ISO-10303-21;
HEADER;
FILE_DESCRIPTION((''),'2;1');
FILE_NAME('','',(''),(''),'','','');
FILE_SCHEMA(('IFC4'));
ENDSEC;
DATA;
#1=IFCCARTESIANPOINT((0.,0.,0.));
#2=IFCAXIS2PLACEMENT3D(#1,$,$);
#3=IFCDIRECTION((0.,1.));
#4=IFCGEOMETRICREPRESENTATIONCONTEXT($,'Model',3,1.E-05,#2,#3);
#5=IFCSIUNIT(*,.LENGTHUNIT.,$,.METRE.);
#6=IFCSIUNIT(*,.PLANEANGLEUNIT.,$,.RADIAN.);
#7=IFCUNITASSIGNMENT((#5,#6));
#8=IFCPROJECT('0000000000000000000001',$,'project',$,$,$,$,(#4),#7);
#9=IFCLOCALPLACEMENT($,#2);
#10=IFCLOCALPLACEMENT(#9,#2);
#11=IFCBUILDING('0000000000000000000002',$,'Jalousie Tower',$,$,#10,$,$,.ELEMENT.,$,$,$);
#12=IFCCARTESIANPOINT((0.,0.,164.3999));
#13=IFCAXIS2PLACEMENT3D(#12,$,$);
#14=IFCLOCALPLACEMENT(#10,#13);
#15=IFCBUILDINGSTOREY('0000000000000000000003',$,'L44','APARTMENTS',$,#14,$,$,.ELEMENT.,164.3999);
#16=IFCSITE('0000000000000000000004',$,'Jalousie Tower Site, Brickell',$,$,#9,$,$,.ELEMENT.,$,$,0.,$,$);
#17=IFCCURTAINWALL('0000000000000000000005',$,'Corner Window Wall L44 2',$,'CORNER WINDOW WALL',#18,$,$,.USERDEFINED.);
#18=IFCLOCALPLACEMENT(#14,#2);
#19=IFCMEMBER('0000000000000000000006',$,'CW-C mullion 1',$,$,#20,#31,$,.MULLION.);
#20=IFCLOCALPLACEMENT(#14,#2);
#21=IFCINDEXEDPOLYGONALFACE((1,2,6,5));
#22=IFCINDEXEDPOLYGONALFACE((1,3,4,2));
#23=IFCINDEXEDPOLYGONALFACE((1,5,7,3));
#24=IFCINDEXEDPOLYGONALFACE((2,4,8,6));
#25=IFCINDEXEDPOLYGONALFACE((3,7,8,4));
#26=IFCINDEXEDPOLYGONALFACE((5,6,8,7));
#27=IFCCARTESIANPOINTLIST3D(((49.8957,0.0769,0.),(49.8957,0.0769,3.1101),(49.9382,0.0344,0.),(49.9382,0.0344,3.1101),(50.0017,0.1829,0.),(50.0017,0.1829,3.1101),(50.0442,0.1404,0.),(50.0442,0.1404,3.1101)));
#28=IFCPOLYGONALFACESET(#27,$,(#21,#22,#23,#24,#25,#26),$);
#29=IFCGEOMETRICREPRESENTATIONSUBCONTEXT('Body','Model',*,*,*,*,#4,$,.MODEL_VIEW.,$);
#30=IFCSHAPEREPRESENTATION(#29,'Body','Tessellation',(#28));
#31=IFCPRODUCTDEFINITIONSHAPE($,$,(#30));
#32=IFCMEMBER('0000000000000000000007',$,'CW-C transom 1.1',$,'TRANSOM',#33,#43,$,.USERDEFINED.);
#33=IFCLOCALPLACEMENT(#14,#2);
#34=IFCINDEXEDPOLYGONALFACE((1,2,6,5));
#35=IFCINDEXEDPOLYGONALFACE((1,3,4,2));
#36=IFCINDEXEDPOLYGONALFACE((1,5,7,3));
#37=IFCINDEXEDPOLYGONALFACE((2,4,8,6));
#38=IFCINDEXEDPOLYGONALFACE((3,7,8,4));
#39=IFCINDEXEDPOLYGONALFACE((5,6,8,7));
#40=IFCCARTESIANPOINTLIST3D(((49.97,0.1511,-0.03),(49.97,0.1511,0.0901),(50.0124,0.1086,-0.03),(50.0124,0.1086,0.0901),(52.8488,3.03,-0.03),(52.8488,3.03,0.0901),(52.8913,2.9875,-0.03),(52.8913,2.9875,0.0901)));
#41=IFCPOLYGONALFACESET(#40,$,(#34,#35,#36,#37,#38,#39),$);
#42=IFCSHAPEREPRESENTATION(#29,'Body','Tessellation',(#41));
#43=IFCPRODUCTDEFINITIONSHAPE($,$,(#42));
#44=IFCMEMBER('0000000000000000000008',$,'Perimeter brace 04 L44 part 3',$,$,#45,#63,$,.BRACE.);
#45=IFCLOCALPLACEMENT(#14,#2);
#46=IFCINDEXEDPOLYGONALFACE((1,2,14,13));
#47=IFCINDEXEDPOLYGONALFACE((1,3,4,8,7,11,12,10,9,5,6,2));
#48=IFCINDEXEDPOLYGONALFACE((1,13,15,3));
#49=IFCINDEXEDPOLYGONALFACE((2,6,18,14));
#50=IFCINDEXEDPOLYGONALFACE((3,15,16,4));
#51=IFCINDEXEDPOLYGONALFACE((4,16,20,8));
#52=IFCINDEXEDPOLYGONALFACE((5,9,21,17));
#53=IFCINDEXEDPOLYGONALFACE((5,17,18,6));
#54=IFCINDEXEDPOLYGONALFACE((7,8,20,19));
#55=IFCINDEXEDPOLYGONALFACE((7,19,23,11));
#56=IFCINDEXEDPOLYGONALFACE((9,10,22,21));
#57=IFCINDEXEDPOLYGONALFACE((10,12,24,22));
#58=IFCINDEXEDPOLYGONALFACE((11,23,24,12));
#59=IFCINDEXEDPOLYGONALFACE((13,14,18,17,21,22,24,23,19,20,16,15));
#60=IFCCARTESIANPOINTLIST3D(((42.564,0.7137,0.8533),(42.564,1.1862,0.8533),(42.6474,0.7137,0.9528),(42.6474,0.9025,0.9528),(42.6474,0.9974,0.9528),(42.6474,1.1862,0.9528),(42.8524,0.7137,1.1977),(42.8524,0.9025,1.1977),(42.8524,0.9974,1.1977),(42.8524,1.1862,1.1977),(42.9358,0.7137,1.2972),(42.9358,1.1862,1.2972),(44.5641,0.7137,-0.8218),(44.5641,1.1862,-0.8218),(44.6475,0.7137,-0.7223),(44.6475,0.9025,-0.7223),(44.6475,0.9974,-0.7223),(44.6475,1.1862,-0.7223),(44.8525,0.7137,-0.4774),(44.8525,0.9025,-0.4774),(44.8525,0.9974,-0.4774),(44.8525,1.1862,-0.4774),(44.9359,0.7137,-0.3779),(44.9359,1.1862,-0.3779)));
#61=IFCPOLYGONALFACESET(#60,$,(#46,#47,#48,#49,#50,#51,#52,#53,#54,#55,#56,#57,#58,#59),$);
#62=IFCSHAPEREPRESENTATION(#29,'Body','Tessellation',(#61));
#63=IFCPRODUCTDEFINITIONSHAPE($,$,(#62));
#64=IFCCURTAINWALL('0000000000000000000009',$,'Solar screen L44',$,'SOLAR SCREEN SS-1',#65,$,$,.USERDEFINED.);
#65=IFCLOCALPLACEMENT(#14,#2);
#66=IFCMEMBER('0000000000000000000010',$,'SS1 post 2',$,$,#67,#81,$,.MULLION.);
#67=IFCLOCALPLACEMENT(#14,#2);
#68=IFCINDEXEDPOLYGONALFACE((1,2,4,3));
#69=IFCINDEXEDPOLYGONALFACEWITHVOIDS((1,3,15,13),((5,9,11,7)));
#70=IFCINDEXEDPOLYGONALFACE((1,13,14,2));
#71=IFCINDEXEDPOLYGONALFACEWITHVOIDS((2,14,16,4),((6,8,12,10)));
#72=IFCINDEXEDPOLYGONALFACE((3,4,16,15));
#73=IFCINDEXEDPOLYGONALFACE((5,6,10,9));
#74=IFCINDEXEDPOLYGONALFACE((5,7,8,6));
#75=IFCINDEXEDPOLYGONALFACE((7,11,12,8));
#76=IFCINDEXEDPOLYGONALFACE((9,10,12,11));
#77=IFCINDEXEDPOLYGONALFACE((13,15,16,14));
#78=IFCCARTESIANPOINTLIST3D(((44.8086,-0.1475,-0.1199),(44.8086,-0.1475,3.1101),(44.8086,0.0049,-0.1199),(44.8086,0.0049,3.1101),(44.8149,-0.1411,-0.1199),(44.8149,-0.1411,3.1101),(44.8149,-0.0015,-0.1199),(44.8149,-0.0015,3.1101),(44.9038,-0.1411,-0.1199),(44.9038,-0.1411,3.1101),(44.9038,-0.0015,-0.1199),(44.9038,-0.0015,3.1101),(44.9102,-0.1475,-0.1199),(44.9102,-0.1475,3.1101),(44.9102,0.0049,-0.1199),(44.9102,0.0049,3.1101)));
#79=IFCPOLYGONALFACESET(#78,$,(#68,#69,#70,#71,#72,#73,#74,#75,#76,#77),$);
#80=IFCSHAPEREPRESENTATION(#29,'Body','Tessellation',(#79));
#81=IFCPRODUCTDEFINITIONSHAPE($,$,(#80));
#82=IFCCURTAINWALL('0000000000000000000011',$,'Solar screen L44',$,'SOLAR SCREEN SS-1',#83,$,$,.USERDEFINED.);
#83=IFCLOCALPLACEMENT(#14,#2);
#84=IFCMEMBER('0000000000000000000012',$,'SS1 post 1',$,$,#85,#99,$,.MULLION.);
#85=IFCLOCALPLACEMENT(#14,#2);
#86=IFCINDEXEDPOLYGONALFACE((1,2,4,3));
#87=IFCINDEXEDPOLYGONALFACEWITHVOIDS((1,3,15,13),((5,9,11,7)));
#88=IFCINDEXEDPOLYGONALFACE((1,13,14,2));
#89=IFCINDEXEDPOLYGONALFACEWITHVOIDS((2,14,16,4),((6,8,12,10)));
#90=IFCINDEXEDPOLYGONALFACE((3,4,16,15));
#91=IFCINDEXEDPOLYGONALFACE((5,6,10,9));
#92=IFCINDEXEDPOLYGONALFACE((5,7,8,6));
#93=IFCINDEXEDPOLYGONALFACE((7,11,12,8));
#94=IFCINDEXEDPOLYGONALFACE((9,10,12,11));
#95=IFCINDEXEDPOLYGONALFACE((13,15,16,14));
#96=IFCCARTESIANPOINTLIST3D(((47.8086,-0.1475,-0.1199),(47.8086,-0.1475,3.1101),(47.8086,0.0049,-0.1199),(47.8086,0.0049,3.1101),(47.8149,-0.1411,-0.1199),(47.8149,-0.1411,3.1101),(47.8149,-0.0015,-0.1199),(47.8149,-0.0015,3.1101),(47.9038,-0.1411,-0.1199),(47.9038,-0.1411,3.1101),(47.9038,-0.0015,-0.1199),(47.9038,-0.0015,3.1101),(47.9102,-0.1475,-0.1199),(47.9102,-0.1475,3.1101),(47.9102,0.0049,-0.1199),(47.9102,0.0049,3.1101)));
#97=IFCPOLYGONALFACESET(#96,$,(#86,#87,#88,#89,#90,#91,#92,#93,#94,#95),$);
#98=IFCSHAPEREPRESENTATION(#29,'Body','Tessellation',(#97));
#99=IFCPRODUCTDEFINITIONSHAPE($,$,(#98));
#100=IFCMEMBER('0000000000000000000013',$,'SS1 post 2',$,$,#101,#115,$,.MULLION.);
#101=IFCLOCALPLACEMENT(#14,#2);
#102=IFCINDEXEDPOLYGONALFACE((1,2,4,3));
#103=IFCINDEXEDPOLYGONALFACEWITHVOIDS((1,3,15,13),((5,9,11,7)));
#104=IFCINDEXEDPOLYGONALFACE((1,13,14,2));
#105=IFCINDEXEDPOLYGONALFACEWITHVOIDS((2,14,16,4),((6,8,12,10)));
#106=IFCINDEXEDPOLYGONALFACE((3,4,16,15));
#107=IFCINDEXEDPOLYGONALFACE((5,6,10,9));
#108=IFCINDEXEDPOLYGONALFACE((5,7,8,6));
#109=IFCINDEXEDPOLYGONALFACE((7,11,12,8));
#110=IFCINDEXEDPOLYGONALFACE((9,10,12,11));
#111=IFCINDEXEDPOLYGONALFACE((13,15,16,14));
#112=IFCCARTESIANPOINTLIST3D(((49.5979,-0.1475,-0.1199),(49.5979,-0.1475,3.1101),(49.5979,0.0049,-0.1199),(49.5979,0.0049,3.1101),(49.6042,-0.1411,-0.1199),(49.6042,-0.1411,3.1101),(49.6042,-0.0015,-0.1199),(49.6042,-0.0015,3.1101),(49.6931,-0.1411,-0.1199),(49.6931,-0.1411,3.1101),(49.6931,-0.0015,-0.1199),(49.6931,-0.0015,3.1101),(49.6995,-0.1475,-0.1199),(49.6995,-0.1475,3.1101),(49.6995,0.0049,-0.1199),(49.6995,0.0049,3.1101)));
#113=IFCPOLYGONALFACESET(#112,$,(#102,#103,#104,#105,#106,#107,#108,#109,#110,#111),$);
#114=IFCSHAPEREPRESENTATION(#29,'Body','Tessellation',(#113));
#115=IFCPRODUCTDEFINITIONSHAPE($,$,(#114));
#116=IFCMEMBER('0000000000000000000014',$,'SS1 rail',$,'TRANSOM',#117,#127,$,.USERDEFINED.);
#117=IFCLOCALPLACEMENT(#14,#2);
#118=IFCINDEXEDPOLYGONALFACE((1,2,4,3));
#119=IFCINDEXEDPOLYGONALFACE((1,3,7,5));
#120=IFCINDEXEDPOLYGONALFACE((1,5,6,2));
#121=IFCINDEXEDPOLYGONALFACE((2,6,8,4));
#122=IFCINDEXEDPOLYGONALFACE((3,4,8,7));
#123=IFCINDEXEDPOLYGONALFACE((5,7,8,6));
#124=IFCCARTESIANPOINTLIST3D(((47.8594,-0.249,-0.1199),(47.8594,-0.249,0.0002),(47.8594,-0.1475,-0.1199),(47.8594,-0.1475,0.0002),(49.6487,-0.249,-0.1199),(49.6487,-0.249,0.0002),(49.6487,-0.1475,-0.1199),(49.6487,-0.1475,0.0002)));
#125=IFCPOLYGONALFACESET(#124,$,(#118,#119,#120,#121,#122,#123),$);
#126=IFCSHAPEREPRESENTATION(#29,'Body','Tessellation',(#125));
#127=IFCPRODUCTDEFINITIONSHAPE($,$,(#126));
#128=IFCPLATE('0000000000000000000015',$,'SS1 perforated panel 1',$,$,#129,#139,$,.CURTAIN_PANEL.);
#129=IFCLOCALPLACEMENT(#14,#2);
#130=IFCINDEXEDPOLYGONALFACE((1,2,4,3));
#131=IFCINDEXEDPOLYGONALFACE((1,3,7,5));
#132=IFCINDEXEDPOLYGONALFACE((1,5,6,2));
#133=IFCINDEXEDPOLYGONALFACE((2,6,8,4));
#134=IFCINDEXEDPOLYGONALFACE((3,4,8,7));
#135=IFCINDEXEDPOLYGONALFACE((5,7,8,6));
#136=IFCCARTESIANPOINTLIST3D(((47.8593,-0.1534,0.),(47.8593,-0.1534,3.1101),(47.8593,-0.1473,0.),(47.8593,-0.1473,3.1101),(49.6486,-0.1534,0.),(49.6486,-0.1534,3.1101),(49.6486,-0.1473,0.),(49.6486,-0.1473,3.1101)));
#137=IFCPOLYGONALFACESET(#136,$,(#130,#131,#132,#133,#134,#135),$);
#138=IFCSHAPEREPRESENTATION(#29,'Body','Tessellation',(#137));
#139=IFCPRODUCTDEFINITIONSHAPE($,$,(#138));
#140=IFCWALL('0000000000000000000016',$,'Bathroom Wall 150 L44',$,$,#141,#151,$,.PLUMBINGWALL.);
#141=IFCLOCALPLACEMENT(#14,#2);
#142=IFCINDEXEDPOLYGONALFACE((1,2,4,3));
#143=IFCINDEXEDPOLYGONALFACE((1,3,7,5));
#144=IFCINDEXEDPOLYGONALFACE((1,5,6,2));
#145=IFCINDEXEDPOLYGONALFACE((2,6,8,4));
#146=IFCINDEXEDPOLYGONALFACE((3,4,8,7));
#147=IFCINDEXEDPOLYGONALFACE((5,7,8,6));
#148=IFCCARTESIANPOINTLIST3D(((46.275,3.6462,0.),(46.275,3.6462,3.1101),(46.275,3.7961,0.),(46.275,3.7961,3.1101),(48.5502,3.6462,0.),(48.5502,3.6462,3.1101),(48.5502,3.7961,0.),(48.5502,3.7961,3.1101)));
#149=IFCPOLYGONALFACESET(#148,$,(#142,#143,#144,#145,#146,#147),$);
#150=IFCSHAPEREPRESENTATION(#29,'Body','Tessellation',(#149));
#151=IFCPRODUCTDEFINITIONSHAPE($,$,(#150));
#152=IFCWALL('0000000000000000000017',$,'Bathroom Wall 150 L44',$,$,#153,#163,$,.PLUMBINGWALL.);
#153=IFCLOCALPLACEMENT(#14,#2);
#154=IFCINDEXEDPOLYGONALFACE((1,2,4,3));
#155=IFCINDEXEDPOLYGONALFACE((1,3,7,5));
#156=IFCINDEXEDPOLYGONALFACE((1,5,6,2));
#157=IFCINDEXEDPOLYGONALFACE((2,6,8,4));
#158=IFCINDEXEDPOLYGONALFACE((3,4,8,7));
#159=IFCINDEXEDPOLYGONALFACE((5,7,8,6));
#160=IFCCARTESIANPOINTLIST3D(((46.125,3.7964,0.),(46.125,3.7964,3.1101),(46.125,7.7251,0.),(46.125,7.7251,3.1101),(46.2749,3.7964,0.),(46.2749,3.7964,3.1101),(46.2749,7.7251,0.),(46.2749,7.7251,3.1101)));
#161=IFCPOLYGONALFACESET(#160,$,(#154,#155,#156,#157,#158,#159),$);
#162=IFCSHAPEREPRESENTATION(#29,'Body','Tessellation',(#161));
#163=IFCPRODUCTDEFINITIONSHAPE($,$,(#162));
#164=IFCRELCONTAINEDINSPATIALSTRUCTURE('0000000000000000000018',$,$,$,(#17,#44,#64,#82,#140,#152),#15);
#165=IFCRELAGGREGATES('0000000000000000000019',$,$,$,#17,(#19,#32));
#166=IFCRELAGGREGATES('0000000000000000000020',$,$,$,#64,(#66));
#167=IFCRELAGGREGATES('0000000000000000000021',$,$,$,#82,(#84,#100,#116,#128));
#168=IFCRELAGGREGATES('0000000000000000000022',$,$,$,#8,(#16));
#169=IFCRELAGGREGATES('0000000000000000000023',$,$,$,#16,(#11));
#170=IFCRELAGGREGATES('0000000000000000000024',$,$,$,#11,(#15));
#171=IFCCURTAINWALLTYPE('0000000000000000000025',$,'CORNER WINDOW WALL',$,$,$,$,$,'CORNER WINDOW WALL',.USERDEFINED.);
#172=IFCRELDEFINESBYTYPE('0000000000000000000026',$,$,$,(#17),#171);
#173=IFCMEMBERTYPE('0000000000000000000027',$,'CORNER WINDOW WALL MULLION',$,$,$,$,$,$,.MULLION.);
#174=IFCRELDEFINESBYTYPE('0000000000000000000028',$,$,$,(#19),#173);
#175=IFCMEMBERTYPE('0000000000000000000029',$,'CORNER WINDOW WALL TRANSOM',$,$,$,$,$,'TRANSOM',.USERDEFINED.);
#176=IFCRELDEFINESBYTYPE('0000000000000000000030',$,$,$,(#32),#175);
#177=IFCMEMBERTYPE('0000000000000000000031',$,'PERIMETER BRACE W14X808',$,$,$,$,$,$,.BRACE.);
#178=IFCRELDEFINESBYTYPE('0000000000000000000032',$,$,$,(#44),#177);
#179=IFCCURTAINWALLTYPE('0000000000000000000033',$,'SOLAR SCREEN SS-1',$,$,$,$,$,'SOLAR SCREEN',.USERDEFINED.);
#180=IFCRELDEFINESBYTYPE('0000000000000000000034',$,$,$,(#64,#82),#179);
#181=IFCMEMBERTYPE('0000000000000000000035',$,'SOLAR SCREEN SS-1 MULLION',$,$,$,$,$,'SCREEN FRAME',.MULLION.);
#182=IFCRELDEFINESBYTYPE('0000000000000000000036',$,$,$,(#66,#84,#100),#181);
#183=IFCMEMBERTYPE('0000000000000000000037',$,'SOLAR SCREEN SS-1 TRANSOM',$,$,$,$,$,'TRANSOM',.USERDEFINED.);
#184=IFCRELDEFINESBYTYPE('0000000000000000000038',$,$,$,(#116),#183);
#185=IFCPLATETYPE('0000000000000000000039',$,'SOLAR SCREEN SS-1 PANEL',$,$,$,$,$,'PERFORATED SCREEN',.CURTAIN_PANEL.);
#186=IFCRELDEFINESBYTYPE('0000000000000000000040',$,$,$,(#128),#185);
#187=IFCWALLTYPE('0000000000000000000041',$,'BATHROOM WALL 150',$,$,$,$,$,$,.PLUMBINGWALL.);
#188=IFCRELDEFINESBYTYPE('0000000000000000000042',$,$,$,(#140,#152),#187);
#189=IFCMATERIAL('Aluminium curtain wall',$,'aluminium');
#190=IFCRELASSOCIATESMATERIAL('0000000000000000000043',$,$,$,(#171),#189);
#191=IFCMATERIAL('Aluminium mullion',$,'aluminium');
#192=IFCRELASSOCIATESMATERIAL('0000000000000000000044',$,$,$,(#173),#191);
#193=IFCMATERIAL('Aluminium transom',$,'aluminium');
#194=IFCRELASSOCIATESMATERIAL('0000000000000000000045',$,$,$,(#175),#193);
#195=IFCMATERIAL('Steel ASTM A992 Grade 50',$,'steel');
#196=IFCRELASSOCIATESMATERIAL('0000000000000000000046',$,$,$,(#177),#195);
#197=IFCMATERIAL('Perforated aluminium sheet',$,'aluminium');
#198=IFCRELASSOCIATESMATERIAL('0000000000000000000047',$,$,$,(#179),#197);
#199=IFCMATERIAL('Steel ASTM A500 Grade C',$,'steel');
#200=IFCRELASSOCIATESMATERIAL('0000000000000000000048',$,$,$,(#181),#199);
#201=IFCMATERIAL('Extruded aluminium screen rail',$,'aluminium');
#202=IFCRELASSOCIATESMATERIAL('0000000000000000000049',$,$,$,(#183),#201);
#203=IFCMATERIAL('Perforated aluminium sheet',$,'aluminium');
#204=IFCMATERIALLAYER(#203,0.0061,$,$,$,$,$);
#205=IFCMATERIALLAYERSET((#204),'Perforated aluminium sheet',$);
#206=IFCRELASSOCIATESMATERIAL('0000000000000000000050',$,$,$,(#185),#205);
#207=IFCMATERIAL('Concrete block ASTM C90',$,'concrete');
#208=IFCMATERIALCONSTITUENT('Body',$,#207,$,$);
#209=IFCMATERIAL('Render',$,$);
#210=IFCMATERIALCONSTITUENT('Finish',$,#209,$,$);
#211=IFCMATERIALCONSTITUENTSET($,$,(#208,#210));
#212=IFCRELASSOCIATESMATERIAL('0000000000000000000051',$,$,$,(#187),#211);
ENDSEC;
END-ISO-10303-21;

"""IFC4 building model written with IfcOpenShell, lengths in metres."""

from ifc_helpers import new_model, si_unit, direction, frame, frame_2d, origin, origin_2d, place, context, subcontext, project, spatial, rectangle, hollow_rectangle, i_section, extrude, material, layer, layer_set, constituent, constituent_set, material_profile, profile_set, type_object, element, aggregate, save


model = new_model("IFC4")

# Units and contexts
model_context = context("Model", 3, precision=1e-05, world=origin(), true_north=direction((0.0, 1.0)))
body_context = subcontext(model_context, "Body", "Model", "MODEL_VIEW")
ifc_project = project(units=[si_unit("LENGTHUNIT", "METRE"), si_unit("PLANEANGLEUNIT", "RADIAN")], contexts=[model_context])

# Site, building, storey
site_placement = place(None, origin())
site = spatial("IfcSite", under=ifc_project, at=site_placement, Name="Jalousie Tower Site, Brickell", CompositionType="ELEMENT", RefElevation=0.0)
building_placement = place(site_placement, origin())
building = spatial("IfcBuilding", under=site, at=building_placement, Name="Jalousie Tower", CompositionType="ELEMENT")
storey_placement = place(building_placement, frame((0.0, 0.0, 164.3999)))
storey = spatial("IfcBuildingStorey", under=building, at=storey_placement, Name="L44", Description="APARTMENTS", CompositionType="ELEMENT", Elevation=164.3999)

# Curtain wall, members
ifc_material_1 = material(Name="Aluminium curtain wall", Category="aluminium")
curtain_wall_type_1 = type_object("IfcCurtainWallType", Name="CORNER WINDOW WALL", ElementType="CORNER WINDOW WALL", PredefinedType="USERDEFINED", material=ifc_material_1)
curtain_wall_1_placement = place(storey_placement, origin())
curtain_wall_1 = element("IfcCurtainWall", 1, at=curtain_wall_1_placement, inside=storey, type_object=curtain_wall_type_1, Name="Corner Window Wall L44 2", ObjectType="CORNER WINDOW WALL", PredefinedType="USERDEFINED")
ifc_material_2 = material(Name="Aluminium mullion", Category="aluminium")
ifc_material_profile_1 = material_profile(ifc_material_2, rectangle(XDim=0.0601, YDim=0.1499, at=origin_2d()), Name="MULLION 60x150")
ifc_profile_set_1 = profile_set([ifc_material_profile_1], Name="Aluminium mullion")
member_type_1 = type_object("IfcMemberType", Name="CORNER WINDOW WALL MULLION", PredefinedType="MULLION", material=ifc_profile_set_1)
member_1_placement = place(storey_placement, frame((49.97, 0.1086, 0.0), z_axis=(0.0, 0.0, 1.0), x_axis=(-0.707107, 0.707107, 0.0)))
member_1 = element("IfcMember", 2, at=member_1_placement, type_object=member_type_1, Name="CW-C mullion 1", PredefinedType="MULLION", context=body_context, shape_type="SweptSolid", body=[
    extrude(rectangle(XDim=0.0601, YDim=0.1499, at=origin_2d()), origin(), (0.0, 0.0, 1.0), 3.1101),
])
ifc_material_3 = material(Name="Aluminium transom", Category="aluminium")
ifc_material_profile_2 = material_profile(ifc_material_3, rectangle(XDim=0.0601, YDim=0.1201, at=origin_2d()), Name="TRANSOM 60x120")
ifc_profile_set_2 = profile_set([ifc_material_profile_2], Name="Aluminium transom")
member_type_2 = type_object("IfcMemberType", Name="CORNER WINDOW WALL TRANSOM", ElementType="TRANSOM", PredefinedType="USERDEFINED", material=ifc_profile_set_2)
member_2_placement = place(storey_placement, frame((49.9912, 0.1299, 0.03), z_axis=(0.707107, 0.707107, 0.0), x_axis=(-0.707107, 0.707107, 0.0)))
member_2 = element("IfcMember", 3, at=member_2_placement, type_object=member_type_2, Name="CW-C transom 1.1", ObjectType="TRANSOM", PredefinedType="USERDEFINED", context=body_context, shape_type="SweptSolid", body=[
    extrude(rectangle(XDim=0.0601, YDim=0.1201, at=origin_2d()), origin(), (0.0, 0.0, 1.0), 4.0713),
])
aggregate(curtain_wall_1, [member_1, member_2])

# Member
ifc_material_4 = material(Name="Steel ASTM A992 Grade 50", Category="steel")
ifc_material_profile_3 = material_profile(ifc_material_4, i_section(OverallWidth=0.4724, OverallDepth=0.5791, WebThickness=0.095, FlangeThickness=0.1299, at=origin_2d()), Name="W14X808")
ifc_profile_set_3 = profile_set([ifc_material_profile_3], Name="Steel ASTM A992 Grade 50")
member_type_3 = type_object("IfcMemberType", Name="PERIMETER BRACE W14X808", PredefinedType="BRACE", material=ifc_profile_set_3)
member_3_placement = place(storey_placement, frame((44.75, 0.95, -0.5999), z_axis=(-0.766639, 0.0, 0.642079), x_axis=(0.0, -1.0, 0.0)))
element("IfcMember", 4, at=member_3_placement, inside=storey, type_object=member_type_3, Name="Perimeter brace 04 L44 part 3", PredefinedType="BRACE", context=body_context, shape_type="SweptSolid", body=[
    extrude(i_section(OverallWidth=0.4724, OverallDepth=0.5791, WebThickness=0.095, FlangeThickness=0.1299, at=origin_2d()), origin(), (0.0, 0.0, 1.0), 2.6089),
])

# Curtain wall, member
ifc_material_5 = material(Name="Perforated aluminium sheet", Category="aluminium")
curtain_wall_type_2 = type_object("IfcCurtainWallType", Name="SOLAR SCREEN SS-1", ElementType="SOLAR SCREEN", PredefinedType="USERDEFINED", material=ifc_material_5)
curtain_wall_2_placement = place(storey_placement, origin())
curtain_wall_2 = element("IfcCurtainWall", 5, at=curtain_wall_2_placement, inside=storey, type_object=curtain_wall_type_2, Name="Solar screen L44", ObjectType="SOLAR SCREEN SS-1", PredefinedType="USERDEFINED")
ifc_material_6 = material(Name="Steel ASTM A500 Grade C", Category="steel")
ifc_material_profile_4 = material_profile(ifc_material_6, hollow_rectangle(XDim=0.1016, YDim=0.1523, WallThickness=0.0063, at=origin_2d()), Name="HSS6X4X1/4")
ifc_profile_set_4 = profile_set([ifc_material_profile_4], Name="Steel ASTM A500 Grade C")
member_type_4 = type_object("IfcMemberType", Name="SOLAR SCREEN SS-1 MULLION", ElementType="SCREEN FRAME", PredefinedType="MULLION", material=ifc_profile_set_4)
member_4_placement = place(storey_placement, frame((44.8594, -0.0713, -0.1199), z_axis=(0.0, 0.0, 1.0), x_axis=(1.0, 0.0, 0.0)))
member_4 = element("IfcMember", 6, at=member_4_placement, type_object=member_type_4, Name="SS1 post 2", PredefinedType="MULLION", context=body_context, shape_type="SweptSolid", body=[
    extrude(hollow_rectangle(XDim=0.1016, YDim=0.1523, WallThickness=0.0063, at=origin_2d()), origin(), (0.0, 0.0, 1.0), 3.23),
])
aggregate(curtain_wall_2, [member_4])

# Curtain wall, members, plate
curtain_wall_3_placement = place(storey_placement, origin())
curtain_wall_3 = element("IfcCurtainWall", 7, at=curtain_wall_3_placement, inside=storey, type_object=curtain_wall_type_2, Name="Solar screen L44", ObjectType="SOLAR SCREEN SS-1", PredefinedType="USERDEFINED")
member_5_placement = place(storey_placement, frame((47.8594, -0.0713, -0.1199), z_axis=(0.0, 0.0, 1.0), x_axis=(1.0, 0.0, 0.0)))
member_5 = element("IfcMember", 8, at=member_5_placement, type_object=member_type_4, Name="SS1 post 1", PredefinedType="MULLION", context=body_context, shape_type="SweptSolid", body=[
    extrude(hollow_rectangle(XDim=0.1016, YDim=0.1523, WallThickness=0.0063, at=origin_2d()), origin(), (0.0, 0.0, 1.0), 3.23),
])
member_6_placement = place(storey_placement, frame((49.6487, -0.0713, -0.1199), z_axis=(0.0, 0.0, 1.0), x_axis=(1.0, 0.0, 0.0)))
member_6 = element("IfcMember", 9, at=member_6_placement, type_object=member_type_4, Name="SS1 post 2", PredefinedType="MULLION", context=body_context, shape_type="SweptSolid", body=[
    extrude(hollow_rectangle(XDim=0.1016, YDim=0.1523, WallThickness=0.0063, at=origin_2d()), origin(), (0.0, 0.0, 1.0), 3.23),
])
ifc_material_7 = material(Name="Extruded aluminium screen rail", Category="aluminium")
ifc_material_profile_5 = material_profile(ifc_material_7, rectangle(XDim=0.1016, YDim=0.1201, at=origin_2d()), Name="RAIL 102x120")
ifc_profile_set_5 = profile_set([ifc_material_profile_5], Name="Extruded aluminium screen rail")
member_type_5 = type_object("IfcMemberType", Name="SOLAR SCREEN SS-1 TRANSOM", ElementType="TRANSOM", PredefinedType="USERDEFINED", material=ifc_profile_set_5)
member_7_placement = place(storey_placement, frame((47.8594, -0.1982, -0.0598), z_axis=(1.0, 0.0, 0.0), x_axis=(0.0, 1.0, 0.0)))
member_7 = element("IfcMember", 10, at=member_7_placement, type_object=member_type_5, Name="SS1 rail", ObjectType="TRANSOM", PredefinedType="USERDEFINED", context=body_context, shape_type="SweptSolid", body=[
    extrude(rectangle(XDim=0.1016, YDim=0.1201, at=origin_2d()), origin(), (0.0, 0.0, 1.0), 1.7893),
])
ifc_material_8 = material(Name="Perforated aluminium sheet", Category="aluminium")
ifc_layer = layer(ifc_material_8, 0.0061)
ifc_layer_set = layer_set([ifc_layer], Name="Perforated aluminium sheet")
plate_type = type_object("IfcPlateType", Name="SOLAR SCREEN SS-1 PANEL", ElementType="PERFORATED SCREEN", PredefinedType="CURTAIN_PANEL", material=ifc_layer_set)
plate_placement = place(storey_placement, frame((48.7539, -0.1504, 0.0), z_axis=(0.0, 0.0, 1.0), x_axis=(1.0, 0.0, 0.0)))
plate = element("IfcPlate", 11, at=plate_placement, type_object=plate_type, Name="SS1 perforated panel 1", PredefinedType="CURTAIN_PANEL", context=body_context, shape_type="SweptSolid", body=[
    extrude(rectangle(XDim=1.7893, YDim=0.0061, at=origin_2d()), origin(), (0.0, 0.0, 1.0), 3.1101),
])
aggregate(curtain_wall_3, [member_5, member_6, member_7, plate])

# Walls
ifc_material_9 = material(Name="Concrete block ASTM C90", Category="concrete")
ifc_constituent_1 = constituent(ifc_material_9, Name="Body")
ifc_material_10 = material(Name="Render")
ifc_constituent_2 = constituent(ifc_material_10, Name="Finish")
ifc_constituent_set_1 = constituent_set(constituents=[ifc_constituent_1, ifc_constituent_2])
wall_type_1 = type_object("IfcWallType", Name="BATHROOM WALL 150", PredefinedType="PLUMBINGWALL", material=ifc_constituent_set_1)
wall_1_placement = place(storey_placement, frame((46.2749, 3.7212, 0.0), z_axis=(0.0, 0.0, 1.0), x_axis=(1.0, 0.0, 0.0)))
element("IfcWall", 12, at=wall_1_placement, inside=storey, type_object=wall_type_1, Name="Bathroom Wall 150 L44", PredefinedType="PLUMBINGWALL", context=body_context, shape_type="SweptSolid", body=[
    extrude(rectangle(XDim=2.2751, YDim=0.1499, at=frame_2d((1.1377, 0.0))), origin(), (0.0, 0.0, 1.0), 3.1101),
])
wall_2_placement = place(storey_placement, frame((46.2, 3.7964, 0.0), z_axis=(0.0, 0.0, 1.0), x_axis=(0.0, 1.0, 0.0)))
element("IfcWall", 13, at=wall_2_placement, inside=storey, type_object=wall_type_1, Name="Bathroom Wall 150 L44", PredefinedType="PLUMBINGWALL", context=body_context, shape_type="SweptSolid", body=[
    extrude(rectangle(XDim=3.9287, YDim=0.1499, at=frame_2d((1.9644, 0.0))), origin(), (0.0, 0.0, 1.0), 3.1101),
])

save(model, "model.ifc")
